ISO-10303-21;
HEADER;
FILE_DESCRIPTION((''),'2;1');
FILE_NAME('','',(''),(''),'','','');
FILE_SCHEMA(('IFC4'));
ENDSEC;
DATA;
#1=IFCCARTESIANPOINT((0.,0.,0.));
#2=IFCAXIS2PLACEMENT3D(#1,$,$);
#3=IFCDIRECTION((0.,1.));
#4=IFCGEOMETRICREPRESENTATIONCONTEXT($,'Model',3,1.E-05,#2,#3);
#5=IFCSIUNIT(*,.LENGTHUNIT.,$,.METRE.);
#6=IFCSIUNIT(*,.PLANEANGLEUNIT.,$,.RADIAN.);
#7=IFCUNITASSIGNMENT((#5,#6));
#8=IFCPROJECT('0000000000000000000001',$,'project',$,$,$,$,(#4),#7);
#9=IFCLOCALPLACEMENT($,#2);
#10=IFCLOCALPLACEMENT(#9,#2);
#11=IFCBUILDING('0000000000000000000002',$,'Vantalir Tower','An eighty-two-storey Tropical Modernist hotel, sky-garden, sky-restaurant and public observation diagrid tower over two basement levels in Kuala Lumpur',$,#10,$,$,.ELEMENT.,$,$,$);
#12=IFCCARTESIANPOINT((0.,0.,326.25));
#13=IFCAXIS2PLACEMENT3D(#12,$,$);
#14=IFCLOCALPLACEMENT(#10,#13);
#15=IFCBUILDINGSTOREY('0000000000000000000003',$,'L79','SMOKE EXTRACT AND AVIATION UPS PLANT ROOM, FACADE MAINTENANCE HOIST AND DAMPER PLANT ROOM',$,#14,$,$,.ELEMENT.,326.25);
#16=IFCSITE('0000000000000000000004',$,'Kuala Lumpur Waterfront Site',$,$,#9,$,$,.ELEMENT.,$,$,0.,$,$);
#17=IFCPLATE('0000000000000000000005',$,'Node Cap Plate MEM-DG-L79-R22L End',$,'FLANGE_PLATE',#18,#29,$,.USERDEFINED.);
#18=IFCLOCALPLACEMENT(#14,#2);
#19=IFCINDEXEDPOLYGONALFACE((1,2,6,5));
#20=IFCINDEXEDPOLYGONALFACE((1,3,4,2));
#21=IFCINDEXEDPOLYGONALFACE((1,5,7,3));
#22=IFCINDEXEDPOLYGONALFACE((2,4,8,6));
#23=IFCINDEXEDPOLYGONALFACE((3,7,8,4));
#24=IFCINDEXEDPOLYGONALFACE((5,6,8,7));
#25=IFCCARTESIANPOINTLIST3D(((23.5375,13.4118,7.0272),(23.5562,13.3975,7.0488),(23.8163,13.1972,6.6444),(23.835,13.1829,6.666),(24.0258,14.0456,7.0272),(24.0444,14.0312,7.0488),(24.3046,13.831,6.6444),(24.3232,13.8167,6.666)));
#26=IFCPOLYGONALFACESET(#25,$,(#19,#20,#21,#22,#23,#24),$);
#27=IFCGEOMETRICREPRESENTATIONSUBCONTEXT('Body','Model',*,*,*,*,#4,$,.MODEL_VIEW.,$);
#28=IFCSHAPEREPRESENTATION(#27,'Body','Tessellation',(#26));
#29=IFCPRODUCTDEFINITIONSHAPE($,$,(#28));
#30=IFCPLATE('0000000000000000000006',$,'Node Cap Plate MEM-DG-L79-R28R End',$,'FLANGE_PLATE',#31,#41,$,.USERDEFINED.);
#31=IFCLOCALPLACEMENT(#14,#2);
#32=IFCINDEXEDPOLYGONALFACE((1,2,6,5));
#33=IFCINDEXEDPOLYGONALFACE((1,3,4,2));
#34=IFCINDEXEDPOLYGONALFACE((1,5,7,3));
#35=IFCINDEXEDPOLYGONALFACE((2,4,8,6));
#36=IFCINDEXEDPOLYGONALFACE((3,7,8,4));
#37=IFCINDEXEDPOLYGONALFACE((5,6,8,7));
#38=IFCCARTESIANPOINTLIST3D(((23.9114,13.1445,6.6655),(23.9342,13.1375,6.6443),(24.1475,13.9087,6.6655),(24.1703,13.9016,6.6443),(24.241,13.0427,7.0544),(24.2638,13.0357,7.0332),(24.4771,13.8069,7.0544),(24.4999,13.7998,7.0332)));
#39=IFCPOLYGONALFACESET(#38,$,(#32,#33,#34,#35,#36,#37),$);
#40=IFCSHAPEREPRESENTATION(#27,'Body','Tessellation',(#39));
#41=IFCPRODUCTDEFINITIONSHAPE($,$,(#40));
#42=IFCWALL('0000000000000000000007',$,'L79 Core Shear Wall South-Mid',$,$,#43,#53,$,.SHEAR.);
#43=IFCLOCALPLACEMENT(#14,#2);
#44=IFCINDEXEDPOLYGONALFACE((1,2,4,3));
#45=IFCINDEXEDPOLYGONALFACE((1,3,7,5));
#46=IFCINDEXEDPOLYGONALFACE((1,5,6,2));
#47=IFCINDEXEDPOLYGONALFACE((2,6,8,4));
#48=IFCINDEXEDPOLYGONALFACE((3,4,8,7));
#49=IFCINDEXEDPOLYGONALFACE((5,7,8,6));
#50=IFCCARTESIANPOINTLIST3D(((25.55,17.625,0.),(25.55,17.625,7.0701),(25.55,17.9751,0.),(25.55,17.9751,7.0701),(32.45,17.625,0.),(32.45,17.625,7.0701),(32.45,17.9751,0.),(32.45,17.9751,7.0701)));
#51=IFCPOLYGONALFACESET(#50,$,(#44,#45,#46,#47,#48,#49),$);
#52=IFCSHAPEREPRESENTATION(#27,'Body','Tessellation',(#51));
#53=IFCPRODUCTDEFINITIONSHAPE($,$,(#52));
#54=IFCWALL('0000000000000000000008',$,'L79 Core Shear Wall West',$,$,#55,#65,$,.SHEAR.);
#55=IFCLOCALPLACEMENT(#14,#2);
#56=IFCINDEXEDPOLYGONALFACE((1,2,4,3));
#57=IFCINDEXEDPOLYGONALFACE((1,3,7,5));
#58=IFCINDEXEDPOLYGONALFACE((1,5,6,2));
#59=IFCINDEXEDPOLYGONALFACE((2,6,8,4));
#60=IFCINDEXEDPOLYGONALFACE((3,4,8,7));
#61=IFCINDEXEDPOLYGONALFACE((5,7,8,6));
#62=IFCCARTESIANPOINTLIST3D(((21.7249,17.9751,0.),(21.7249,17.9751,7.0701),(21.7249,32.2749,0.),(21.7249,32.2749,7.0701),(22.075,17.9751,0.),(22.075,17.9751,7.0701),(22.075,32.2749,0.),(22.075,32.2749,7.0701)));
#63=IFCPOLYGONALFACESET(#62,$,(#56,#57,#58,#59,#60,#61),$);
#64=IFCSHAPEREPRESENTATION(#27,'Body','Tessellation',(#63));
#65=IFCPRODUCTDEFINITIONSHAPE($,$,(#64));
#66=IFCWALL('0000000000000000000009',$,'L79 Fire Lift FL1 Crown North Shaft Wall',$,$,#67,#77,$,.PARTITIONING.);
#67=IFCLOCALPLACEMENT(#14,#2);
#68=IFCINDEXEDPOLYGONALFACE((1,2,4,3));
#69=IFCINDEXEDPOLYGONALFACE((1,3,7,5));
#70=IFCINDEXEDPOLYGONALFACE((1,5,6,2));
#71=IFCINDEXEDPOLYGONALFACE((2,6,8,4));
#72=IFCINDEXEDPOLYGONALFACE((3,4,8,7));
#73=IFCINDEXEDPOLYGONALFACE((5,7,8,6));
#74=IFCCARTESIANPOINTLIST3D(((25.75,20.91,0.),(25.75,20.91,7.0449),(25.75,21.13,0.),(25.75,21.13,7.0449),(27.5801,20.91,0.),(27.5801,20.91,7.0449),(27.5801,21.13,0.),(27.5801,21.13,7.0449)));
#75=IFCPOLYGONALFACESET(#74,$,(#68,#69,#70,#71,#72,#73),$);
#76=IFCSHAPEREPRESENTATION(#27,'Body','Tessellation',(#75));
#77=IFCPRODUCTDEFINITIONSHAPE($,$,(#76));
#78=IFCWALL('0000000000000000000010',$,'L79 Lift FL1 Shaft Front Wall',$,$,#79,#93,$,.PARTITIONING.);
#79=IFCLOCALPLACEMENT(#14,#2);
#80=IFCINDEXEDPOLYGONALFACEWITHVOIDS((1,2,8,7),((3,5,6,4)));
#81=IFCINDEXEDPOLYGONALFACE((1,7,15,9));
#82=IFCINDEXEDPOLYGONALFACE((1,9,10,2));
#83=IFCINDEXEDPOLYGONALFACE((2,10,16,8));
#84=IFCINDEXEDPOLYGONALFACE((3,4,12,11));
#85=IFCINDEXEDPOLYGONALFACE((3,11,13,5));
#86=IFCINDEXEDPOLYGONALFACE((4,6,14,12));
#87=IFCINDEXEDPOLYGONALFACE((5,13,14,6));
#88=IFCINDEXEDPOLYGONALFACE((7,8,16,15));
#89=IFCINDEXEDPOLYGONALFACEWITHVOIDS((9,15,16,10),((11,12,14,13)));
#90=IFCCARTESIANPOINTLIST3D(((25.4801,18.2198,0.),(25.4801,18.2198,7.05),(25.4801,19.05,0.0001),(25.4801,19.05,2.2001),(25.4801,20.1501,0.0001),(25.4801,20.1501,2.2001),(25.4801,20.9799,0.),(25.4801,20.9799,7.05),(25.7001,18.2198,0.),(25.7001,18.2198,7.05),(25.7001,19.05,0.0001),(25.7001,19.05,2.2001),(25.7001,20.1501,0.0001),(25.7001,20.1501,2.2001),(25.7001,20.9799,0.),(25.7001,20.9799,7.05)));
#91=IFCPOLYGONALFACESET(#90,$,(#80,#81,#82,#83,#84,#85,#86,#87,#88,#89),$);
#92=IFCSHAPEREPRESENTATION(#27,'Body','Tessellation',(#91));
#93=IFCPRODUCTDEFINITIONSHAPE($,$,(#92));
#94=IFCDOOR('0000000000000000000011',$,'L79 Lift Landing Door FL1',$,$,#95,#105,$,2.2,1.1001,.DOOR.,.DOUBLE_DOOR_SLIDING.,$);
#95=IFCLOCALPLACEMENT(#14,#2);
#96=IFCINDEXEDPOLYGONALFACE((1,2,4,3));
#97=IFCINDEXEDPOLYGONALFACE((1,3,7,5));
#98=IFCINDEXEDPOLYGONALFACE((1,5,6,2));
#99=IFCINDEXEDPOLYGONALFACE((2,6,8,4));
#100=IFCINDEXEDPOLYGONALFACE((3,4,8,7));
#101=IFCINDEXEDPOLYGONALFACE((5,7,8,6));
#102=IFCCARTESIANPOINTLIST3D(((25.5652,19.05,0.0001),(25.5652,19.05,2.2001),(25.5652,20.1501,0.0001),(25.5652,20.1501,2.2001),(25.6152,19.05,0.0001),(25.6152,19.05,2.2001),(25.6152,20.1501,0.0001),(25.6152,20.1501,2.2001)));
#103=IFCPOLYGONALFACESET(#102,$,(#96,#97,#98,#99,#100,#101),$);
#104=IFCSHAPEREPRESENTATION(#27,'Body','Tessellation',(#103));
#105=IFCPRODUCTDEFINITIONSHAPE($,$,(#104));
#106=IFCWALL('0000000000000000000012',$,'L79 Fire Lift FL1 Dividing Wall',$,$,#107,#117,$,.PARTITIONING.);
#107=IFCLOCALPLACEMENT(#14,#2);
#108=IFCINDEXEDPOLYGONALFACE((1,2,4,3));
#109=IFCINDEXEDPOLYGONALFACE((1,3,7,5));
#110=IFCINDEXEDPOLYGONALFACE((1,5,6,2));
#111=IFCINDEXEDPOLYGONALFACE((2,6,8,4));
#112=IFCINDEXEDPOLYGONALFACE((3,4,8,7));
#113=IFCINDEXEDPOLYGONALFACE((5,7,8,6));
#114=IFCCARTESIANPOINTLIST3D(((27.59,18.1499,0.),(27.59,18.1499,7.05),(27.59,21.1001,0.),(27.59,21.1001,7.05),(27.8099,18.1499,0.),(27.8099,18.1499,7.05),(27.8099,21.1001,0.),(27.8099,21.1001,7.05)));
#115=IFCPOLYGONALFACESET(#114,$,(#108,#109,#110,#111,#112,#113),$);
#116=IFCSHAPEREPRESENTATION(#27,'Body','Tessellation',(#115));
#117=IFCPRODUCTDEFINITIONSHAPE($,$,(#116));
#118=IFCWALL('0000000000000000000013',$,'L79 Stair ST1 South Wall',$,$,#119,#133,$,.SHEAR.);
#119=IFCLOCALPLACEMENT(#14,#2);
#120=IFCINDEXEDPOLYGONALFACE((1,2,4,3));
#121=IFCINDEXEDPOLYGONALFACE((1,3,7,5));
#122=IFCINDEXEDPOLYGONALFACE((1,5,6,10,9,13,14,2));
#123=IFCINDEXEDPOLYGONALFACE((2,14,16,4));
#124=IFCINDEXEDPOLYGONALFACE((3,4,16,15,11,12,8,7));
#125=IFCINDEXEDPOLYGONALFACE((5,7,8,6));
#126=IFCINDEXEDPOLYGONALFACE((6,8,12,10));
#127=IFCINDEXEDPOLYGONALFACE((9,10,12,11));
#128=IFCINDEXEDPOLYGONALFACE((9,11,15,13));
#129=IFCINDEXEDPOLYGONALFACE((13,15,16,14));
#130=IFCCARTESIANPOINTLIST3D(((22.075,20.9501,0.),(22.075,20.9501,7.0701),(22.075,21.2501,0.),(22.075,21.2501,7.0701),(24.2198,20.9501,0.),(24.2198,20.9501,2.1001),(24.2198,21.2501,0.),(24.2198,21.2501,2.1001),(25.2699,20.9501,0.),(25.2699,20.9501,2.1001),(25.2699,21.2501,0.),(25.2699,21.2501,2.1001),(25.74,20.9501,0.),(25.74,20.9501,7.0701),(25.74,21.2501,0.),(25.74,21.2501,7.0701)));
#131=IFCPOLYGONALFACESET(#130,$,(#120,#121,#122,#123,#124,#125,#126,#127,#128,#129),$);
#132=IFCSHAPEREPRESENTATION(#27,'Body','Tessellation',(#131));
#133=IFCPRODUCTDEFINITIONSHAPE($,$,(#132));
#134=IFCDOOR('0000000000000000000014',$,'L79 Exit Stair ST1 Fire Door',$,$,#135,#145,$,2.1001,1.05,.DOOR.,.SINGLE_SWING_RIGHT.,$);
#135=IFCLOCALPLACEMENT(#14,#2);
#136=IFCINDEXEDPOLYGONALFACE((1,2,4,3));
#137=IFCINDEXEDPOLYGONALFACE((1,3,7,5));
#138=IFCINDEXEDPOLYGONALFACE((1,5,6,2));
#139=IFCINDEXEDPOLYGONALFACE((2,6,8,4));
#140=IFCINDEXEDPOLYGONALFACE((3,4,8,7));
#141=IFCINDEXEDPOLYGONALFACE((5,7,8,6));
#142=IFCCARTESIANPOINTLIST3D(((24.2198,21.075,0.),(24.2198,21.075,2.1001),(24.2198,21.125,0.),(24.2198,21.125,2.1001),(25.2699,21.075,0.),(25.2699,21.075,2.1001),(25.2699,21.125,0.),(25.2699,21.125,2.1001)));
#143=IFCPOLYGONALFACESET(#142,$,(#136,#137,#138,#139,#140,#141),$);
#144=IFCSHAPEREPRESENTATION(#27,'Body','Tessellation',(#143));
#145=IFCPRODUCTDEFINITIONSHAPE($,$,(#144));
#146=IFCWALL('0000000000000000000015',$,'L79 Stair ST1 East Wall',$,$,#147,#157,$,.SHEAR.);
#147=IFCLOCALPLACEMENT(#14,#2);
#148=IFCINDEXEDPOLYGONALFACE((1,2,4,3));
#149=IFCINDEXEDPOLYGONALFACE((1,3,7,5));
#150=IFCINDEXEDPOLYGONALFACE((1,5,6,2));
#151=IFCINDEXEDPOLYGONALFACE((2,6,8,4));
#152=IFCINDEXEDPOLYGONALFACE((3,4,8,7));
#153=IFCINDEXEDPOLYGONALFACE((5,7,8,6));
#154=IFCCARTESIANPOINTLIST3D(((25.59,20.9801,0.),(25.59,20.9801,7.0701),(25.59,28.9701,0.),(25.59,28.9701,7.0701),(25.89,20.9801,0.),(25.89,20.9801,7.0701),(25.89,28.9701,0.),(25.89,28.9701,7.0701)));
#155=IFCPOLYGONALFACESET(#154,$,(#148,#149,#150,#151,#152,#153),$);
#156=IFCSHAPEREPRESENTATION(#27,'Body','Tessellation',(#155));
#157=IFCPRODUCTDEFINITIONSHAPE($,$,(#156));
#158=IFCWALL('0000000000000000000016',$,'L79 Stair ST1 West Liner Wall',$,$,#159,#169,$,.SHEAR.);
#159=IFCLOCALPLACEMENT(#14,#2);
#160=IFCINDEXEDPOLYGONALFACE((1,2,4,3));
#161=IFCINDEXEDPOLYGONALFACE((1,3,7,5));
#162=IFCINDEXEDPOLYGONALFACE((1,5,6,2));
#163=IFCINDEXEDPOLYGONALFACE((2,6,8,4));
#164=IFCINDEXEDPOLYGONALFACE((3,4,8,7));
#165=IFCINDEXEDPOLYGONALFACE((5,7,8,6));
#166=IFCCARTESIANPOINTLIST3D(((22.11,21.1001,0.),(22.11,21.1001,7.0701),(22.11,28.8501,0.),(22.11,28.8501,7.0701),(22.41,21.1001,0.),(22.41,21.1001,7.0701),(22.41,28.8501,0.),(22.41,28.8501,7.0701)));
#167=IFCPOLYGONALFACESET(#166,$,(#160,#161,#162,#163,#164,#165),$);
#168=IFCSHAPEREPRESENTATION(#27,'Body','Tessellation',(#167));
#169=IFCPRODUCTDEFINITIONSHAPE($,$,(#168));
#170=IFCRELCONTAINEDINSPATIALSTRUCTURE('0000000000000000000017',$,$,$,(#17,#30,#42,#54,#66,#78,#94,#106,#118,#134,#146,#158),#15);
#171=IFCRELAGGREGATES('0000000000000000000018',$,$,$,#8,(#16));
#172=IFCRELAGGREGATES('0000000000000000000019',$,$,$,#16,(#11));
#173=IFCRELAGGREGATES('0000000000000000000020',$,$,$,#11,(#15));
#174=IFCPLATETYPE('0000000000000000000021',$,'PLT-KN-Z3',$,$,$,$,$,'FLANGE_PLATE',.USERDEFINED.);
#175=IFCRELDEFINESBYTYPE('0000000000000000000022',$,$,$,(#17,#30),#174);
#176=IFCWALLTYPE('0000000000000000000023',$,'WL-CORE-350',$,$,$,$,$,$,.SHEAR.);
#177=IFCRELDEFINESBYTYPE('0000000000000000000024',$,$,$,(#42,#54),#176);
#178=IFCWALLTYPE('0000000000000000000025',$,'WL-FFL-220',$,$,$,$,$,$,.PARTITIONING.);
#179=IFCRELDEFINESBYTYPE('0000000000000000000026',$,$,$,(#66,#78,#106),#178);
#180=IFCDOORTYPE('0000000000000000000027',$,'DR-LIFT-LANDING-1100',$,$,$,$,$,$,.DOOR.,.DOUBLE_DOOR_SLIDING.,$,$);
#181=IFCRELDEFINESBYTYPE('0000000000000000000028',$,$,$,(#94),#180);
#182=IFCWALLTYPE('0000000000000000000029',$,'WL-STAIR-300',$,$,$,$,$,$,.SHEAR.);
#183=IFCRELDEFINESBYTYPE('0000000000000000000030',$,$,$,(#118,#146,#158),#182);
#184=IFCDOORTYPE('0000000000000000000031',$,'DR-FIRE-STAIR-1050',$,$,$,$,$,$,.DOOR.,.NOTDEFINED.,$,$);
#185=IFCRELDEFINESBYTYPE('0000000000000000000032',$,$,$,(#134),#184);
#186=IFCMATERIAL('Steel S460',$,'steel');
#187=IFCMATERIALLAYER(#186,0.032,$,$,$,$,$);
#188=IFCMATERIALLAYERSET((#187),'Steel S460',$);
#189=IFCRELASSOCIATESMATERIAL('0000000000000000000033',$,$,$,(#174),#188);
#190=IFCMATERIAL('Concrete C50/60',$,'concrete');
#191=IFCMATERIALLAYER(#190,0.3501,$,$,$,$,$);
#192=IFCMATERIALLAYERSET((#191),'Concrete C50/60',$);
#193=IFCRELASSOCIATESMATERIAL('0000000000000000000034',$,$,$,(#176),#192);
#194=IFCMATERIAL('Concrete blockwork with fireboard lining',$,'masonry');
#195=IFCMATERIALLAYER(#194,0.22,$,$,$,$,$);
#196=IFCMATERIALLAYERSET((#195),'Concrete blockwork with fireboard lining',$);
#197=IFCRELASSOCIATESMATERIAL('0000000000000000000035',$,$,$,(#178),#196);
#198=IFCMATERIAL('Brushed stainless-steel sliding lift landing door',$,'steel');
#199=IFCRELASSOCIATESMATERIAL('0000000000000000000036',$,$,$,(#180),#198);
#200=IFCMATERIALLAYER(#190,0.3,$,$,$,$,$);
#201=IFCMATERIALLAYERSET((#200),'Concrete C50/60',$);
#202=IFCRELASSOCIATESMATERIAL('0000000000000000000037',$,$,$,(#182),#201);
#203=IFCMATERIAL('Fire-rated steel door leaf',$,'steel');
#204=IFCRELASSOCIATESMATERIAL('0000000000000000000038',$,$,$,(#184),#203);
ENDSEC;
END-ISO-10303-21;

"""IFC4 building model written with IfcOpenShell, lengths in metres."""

from ifc_helpers import new_model, si_unit, direction, frame, frame_2d, origin, place, context, subcontext, project, spatial, polyline, rectangle, outline, extrude, material, layer, layer_set, type_object, element, fill, save


model = new_model("IFC4")

# Units and contexts
model_context = context("Model", 3, precision=1e-05, world=origin(), true_north=direction((0.0, 1.0)))
body_context = subcontext(model_context, "Body", "Model", "MODEL_VIEW")
ifc_project = project(units=[si_unit("LENGTHUNIT", "METRE"), si_unit("PLANEANGLEUNIT", "RADIAN")], contexts=[model_context])

# Site, building, storey
site_placement = place(None, origin())
site = spatial("IfcSite", under=ifc_project, at=site_placement, Name="Kuala Lumpur Waterfront Site", CompositionType="ELEMENT", RefElevation=0.0)
building_placement = place(site_placement, origin())
building = spatial("IfcBuilding", under=site, at=building_placement, Name="Vantalir Tower", Description="An eighty-two-storey Tropical Modernist hotel, sky-garden, sky-restaurant and public observation diagrid tower over two basement levels in Kuala Lumpur", CompositionType="ELEMENT")
storey_placement = place(building_placement, frame((0.0, 0.0, 326.25)))
storey = spatial("IfcBuildingStorey", under=building, at=storey_placement, Name="L79", Description="SMOKE EXTRACT AND AVIATION UPS PLANT ROOM, FACADE MAINTENANCE HOIST AND DAMPER PLANT ROOM", CompositionType="ELEMENT", Elevation=326.25)

# Shared definitions
ifc_material_1 = material(Name="Concrete C50/60", Category="concrete")
ifc_material_2 = material(Name="Steel S460", Category="steel")

# Plates
ifc_layer_1 = layer(ifc_material_2, 0.032)
ifc_layer_set_1 = layer_set([ifc_layer_1], Name="Steel S460")
plate_type_1 = type_object("IfcPlateType", Name="PLT-KN-Z3", ElementType="FLANGE_PLATE", PredefinedType="USERDEFINED", material=ifc_layer_set_1)
plate_1_placement = place(storey_placement, frame((23.835, 13.1829, 6.666), z_axis=(0.583251, -0.449346, 0.676688), x_axis=(0.6103, 0.79217, 0.0)))
element("IfcPlate", 1, at=plate_1_placement, inside=storey, type_object=plate_type_1, Name="Node Cap Plate MEM-DG-L79-R22L End", ObjectType="FLANGE_PLATE", PredefinedType="USERDEFINED", context=body_context, shape_type="SweptSolid", body=[
    extrude(outline(polyline([(0.0, 0.0), (0.8001, 0.0), (0.7999, 0.5199), (-0.0002, 0.5199), (0.0, 0.0)])), origin(), (0.0, 0.0, -1.0), 0.032),
])
plate_2_placement = place(storey_placement, frame((24.1475, 13.9087, 6.6655), z_axis=(-0.714788, 0.220831, 0.66356), x_axis=(-0.29518, -0.955442, 0.0)))
element("IfcPlate", 2, at=plate_2_placement, inside=storey, type_object=plate_type_1, Name="Node Cap Plate MEM-DG-L79-R28R End", ObjectType="FLANGE_PLATE", PredefinedType="USERDEFINED", context=body_context, shape_type="SweptSolid", body=[
    extrude(outline(polyline([(0.0, 0.0), (0.7998, 0.0), (0.7998, 0.5199), (0.0, 0.5199), (0.0, 0.0)])), origin(), (0.0, 0.0, -1.0), 0.032),
])

# Walls
ifc_layer_2 = layer(ifc_material_1, 0.3501)
ifc_layer_set_2 = layer_set([ifc_layer_2], Name="Concrete C50/60")
wall_type_1 = type_object("IfcWallType", Name="WL-CORE-350", PredefinedType="SHEAR", material=ifc_layer_set_2)
wall_1_placement = place(storey_placement, frame((25.55, 17.8, 0.0), z_axis=(0.0, 0.0, 1.0), x_axis=(1.0, 0.0, 0.0)))
element("IfcWall", 3, at=wall_1_placement, inside=storey, type_object=wall_type_1, Name="L79 Core Shear Wall South-Mid", PredefinedType="SHEAR", context=body_context, shape_type="SweptSolid", body=[
    extrude(rectangle(XDim=6.8999, YDim=0.3501, at=frame_2d((3.45, 0.0))), origin(), (0.0, 0.0, 1.0), 7.0701),
])
wall_2_placement = place(storey_placement, frame((21.8999, 17.9751, 0.0), z_axis=(0.0, 0.0, 1.0), x_axis=(0.0, 1.0, 0.0)))
element("IfcWall", 4, at=wall_2_placement, inside=storey, type_object=wall_type_1, Name="L79 Core Shear Wall West", PredefinedType="SHEAR", context=body_context, shape_type="SweptSolid", body=[
    extrude(rectangle(XDim=14.2998, YDim=0.3501, at=frame_2d((7.1499, 0.0))), origin(), (0.0, 0.0, 1.0), 7.0701),
])
ifc_material_3 = material(Name="Concrete blockwork with fireboard lining", Category="masonry")
ifc_layer_3 = layer(ifc_material_3, 0.22)
ifc_layer_set_3 = layer_set([ifc_layer_3], Name="Concrete blockwork with fireboard lining")
wall_type_2 = type_object("IfcWallType", Name="WL-FFL-220", PredefinedType="PARTITIONING", material=ifc_layer_set_3)
wall_3_placement = place(storey_placement, frame((25.75, 21.02, 0.0), z_axis=(0.0, 0.0, 1.0), x_axis=(1.0, 0.0, 0.0)))
element("IfcWall", 5, at=wall_3_placement, inside=storey, type_object=wall_type_2, Name="L79 Fire Lift FL1 Crown North Shaft Wall", PredefinedType="PARTITIONING", context=body_context, shape_type="SweptSolid", body=[
    extrude(rectangle(XDim=1.8301, YDim=0.22, at=frame_2d((0.915, 0.0))), origin(), (0.0, 0.0, 1.0), 7.0449),
])

# Wall, opening, door
wall_4_placement = place(storey_placement, frame((25.5901, 18.22, 0.0), z_axis=(0.0, 0.0, 1.0), x_axis=(0.0, 1.0, 0.0)))
wall_4 = element("IfcWall", 6, at=wall_4_placement, inside=storey, type_object=wall_type_2, Name="L79 Lift FL1 Shaft Front Wall", PredefinedType="PARTITIONING", context=body_context, shape_type="SweptSolid", body=[
    extrude(rectangle(XDim=2.76, YDim=0.22, at=frame_2d((1.3799, 0.0))), origin(), (0.0, 0.0, 1.0), 7.05),
])
opening_1_placement = place(wall_4_placement, frame((0.8301, 0.0, 0.0)))
opening_1 = element("IfcOpeningElement", 7, at=opening_1_placement, cuts=wall_4, PredefinedType="OPENING", context=body_context, shape_type="SweptSolid", body=[
    extrude(rectangle(XDim=1.1001, YDim=2.2, at=frame_2d((0.55, 1.1001))), frame((0.0, 0.1199, 0.0), z_axis=(0.0, -1.0, 0.0), x_axis=(1.0, 0.0, 0.0)), (0.0, 0.0, 1.0), 0.24),
])
ifc_material_4 = material(Name="Brushed stainless-steel sliding lift landing door", Category="steel")
door_type_1 = type_object("IfcDoorType", Name="DR-LIFT-LANDING-1100", OperationType="DOUBLE_DOOR_SLIDING", PredefinedType="DOOR", material=ifc_material_4)
door_1_placement = place(opening_1_placement, origin())
door_1 = element("IfcDoor", 8, at=door_1_placement, inside=storey, type_object=door_type_1, Name="L79 Lift Landing Door FL1", OperationType="DOUBLE_DOOR_SLIDING", OverallHeight=2.2, OverallWidth=1.1001, PredefinedType="DOOR", context=body_context, shape_type="SweptSolid", body=[
    extrude(rectangle(XDim=1.1001, YDim=2.2, at=frame_2d((0.55, 1.1001))), frame((0.0, 0.0249, 0.0), z_axis=(0.0, -1.0, 0.0), x_axis=(1.0, 0.0, 0.0)), (0.0, 0.0, 1.0), 0.05),
])
fill(opening_1, door_1)

# Wall
wall_5_placement = place(storey_placement, frame((27.7, 18.1499, 0.0), z_axis=(0.0, 0.0, 1.0), x_axis=(0.0, 1.0, 0.0)))
element("IfcWall", 9, at=wall_5_placement, inside=storey, type_object=wall_type_2, Name="L79 Fire Lift FL1 Dividing Wall", PredefinedType="PARTITIONING", context=body_context, shape_type="SweptSolid", body=[
    extrude(rectangle(XDim=2.9502, YDim=0.22, at=frame_2d((1.4751, 0.0))), origin(), (0.0, 0.0, 1.0), 7.05),
])

# Wall, opening, door
ifc_layer_4 = layer(ifc_material_1, 0.3)
ifc_layer_set_4 = layer_set([ifc_layer_4], Name="Concrete C50/60")
wall_type_3 = type_object("IfcWallType", Name="WL-STAIR-300", PredefinedType="SHEAR", material=ifc_layer_set_4)
wall_6_placement = place(storey_placement, frame((22.075, 21.1001, 0.0), z_axis=(0.0, 0.0, 1.0), x_axis=(1.0, 0.0, 0.0)))
wall_6 = element("IfcWall", 10, at=wall_6_placement, inside=storey, type_object=wall_type_3, Name="L79 Stair ST1 South Wall", PredefinedType="SHEAR", context=body_context, shape_type="SweptSolid", body=[
    extrude(rectangle(XDim=3.665, YDim=0.3, at=frame_2d((1.8325, 0.0))), origin(), (0.0, 0.0, 1.0), 7.0701),
])
opening_2_placement = place(wall_6_placement, frame((2.145, 0.0, 0.0)))
opening_2 = element("IfcOpeningElement", 11, at=opening_2_placement, cuts=wall_6, PredefinedType="OPENING", context=body_context, shape_type="SweptSolid", body=[
    extrude(rectangle(XDim=1.05, YDim=2.1001, at=frame_2d((0.5249, 1.05))), frame((0.0, 0.1599, 0.0), z_axis=(0.0, -1.0, 0.0), x_axis=(1.0, 0.0, 0.0)), (0.0, 0.0, 1.0), 0.3201),
])
ifc_material_5 = material(Name="Fire-rated steel door leaf", Category="steel")
door_type_2 = type_object("IfcDoorType", Name="DR-FIRE-STAIR-1050", OperationType="NOTDEFINED", PredefinedType="DOOR", material=ifc_material_5)
door_2_placement = place(opening_2_placement, origin())
door_2 = element("IfcDoor", 12, at=door_2_placement, inside=storey, type_object=door_type_2, Name="L79 Exit Stair ST1 Fire Door", OperationType="SINGLE_SWING_RIGHT", OverallHeight=2.1001, OverallWidth=1.05, PredefinedType="DOOR", context=body_context, shape_type="SweptSolid", body=[
    extrude(rectangle(XDim=1.05, YDim=2.1001, at=frame_2d((0.5249, 1.05))), frame((0.0, 0.0249, 0.0), z_axis=(0.0, -1.0, 0.0), x_axis=(1.0, 0.0, 0.0)), (0.0, 0.0, 1.0), 0.05),
])
fill(opening_2, door_2)

# Walls
wall_7_placement = place(storey_placement, frame((25.74, 20.98, 0.0), z_axis=(0.0, 0.0, 1.0), x_axis=(0.0, 1.0, 0.0)))
element("IfcWall", 13, at=wall_7_placement, inside=storey, type_object=wall_type_3, Name="L79 Stair ST1 East Wall", PredefinedType="SHEAR", context=body_context, shape_type="SweptSolid", body=[
    extrude(rectangle(XDim=7.99, YDim=0.3, at=frame_2d((3.9951, 0.0))), origin(), (0.0, 0.0, 1.0), 7.0701),
])
wall_8_placement = place(storey_placement, frame((22.26, 21.1001, 0.0), z_axis=(0.0, 0.0, 1.0), x_axis=(0.0, 1.0, 0.0)))
element("IfcWall", 14, at=wall_8_placement, inside=storey, type_object=wall_type_3, Name="L79 Stair ST1 West Liner Wall", PredefinedType="SHEAR", context=body_context, shape_type="SweptSolid", body=[
    extrude(rectangle(XDim=7.75, YDim=0.3, at=frame_2d((3.875, 0.0))), origin(), (0.0, 0.0, 1.0), 7.0701),
])

save(model, "model.ifc")
